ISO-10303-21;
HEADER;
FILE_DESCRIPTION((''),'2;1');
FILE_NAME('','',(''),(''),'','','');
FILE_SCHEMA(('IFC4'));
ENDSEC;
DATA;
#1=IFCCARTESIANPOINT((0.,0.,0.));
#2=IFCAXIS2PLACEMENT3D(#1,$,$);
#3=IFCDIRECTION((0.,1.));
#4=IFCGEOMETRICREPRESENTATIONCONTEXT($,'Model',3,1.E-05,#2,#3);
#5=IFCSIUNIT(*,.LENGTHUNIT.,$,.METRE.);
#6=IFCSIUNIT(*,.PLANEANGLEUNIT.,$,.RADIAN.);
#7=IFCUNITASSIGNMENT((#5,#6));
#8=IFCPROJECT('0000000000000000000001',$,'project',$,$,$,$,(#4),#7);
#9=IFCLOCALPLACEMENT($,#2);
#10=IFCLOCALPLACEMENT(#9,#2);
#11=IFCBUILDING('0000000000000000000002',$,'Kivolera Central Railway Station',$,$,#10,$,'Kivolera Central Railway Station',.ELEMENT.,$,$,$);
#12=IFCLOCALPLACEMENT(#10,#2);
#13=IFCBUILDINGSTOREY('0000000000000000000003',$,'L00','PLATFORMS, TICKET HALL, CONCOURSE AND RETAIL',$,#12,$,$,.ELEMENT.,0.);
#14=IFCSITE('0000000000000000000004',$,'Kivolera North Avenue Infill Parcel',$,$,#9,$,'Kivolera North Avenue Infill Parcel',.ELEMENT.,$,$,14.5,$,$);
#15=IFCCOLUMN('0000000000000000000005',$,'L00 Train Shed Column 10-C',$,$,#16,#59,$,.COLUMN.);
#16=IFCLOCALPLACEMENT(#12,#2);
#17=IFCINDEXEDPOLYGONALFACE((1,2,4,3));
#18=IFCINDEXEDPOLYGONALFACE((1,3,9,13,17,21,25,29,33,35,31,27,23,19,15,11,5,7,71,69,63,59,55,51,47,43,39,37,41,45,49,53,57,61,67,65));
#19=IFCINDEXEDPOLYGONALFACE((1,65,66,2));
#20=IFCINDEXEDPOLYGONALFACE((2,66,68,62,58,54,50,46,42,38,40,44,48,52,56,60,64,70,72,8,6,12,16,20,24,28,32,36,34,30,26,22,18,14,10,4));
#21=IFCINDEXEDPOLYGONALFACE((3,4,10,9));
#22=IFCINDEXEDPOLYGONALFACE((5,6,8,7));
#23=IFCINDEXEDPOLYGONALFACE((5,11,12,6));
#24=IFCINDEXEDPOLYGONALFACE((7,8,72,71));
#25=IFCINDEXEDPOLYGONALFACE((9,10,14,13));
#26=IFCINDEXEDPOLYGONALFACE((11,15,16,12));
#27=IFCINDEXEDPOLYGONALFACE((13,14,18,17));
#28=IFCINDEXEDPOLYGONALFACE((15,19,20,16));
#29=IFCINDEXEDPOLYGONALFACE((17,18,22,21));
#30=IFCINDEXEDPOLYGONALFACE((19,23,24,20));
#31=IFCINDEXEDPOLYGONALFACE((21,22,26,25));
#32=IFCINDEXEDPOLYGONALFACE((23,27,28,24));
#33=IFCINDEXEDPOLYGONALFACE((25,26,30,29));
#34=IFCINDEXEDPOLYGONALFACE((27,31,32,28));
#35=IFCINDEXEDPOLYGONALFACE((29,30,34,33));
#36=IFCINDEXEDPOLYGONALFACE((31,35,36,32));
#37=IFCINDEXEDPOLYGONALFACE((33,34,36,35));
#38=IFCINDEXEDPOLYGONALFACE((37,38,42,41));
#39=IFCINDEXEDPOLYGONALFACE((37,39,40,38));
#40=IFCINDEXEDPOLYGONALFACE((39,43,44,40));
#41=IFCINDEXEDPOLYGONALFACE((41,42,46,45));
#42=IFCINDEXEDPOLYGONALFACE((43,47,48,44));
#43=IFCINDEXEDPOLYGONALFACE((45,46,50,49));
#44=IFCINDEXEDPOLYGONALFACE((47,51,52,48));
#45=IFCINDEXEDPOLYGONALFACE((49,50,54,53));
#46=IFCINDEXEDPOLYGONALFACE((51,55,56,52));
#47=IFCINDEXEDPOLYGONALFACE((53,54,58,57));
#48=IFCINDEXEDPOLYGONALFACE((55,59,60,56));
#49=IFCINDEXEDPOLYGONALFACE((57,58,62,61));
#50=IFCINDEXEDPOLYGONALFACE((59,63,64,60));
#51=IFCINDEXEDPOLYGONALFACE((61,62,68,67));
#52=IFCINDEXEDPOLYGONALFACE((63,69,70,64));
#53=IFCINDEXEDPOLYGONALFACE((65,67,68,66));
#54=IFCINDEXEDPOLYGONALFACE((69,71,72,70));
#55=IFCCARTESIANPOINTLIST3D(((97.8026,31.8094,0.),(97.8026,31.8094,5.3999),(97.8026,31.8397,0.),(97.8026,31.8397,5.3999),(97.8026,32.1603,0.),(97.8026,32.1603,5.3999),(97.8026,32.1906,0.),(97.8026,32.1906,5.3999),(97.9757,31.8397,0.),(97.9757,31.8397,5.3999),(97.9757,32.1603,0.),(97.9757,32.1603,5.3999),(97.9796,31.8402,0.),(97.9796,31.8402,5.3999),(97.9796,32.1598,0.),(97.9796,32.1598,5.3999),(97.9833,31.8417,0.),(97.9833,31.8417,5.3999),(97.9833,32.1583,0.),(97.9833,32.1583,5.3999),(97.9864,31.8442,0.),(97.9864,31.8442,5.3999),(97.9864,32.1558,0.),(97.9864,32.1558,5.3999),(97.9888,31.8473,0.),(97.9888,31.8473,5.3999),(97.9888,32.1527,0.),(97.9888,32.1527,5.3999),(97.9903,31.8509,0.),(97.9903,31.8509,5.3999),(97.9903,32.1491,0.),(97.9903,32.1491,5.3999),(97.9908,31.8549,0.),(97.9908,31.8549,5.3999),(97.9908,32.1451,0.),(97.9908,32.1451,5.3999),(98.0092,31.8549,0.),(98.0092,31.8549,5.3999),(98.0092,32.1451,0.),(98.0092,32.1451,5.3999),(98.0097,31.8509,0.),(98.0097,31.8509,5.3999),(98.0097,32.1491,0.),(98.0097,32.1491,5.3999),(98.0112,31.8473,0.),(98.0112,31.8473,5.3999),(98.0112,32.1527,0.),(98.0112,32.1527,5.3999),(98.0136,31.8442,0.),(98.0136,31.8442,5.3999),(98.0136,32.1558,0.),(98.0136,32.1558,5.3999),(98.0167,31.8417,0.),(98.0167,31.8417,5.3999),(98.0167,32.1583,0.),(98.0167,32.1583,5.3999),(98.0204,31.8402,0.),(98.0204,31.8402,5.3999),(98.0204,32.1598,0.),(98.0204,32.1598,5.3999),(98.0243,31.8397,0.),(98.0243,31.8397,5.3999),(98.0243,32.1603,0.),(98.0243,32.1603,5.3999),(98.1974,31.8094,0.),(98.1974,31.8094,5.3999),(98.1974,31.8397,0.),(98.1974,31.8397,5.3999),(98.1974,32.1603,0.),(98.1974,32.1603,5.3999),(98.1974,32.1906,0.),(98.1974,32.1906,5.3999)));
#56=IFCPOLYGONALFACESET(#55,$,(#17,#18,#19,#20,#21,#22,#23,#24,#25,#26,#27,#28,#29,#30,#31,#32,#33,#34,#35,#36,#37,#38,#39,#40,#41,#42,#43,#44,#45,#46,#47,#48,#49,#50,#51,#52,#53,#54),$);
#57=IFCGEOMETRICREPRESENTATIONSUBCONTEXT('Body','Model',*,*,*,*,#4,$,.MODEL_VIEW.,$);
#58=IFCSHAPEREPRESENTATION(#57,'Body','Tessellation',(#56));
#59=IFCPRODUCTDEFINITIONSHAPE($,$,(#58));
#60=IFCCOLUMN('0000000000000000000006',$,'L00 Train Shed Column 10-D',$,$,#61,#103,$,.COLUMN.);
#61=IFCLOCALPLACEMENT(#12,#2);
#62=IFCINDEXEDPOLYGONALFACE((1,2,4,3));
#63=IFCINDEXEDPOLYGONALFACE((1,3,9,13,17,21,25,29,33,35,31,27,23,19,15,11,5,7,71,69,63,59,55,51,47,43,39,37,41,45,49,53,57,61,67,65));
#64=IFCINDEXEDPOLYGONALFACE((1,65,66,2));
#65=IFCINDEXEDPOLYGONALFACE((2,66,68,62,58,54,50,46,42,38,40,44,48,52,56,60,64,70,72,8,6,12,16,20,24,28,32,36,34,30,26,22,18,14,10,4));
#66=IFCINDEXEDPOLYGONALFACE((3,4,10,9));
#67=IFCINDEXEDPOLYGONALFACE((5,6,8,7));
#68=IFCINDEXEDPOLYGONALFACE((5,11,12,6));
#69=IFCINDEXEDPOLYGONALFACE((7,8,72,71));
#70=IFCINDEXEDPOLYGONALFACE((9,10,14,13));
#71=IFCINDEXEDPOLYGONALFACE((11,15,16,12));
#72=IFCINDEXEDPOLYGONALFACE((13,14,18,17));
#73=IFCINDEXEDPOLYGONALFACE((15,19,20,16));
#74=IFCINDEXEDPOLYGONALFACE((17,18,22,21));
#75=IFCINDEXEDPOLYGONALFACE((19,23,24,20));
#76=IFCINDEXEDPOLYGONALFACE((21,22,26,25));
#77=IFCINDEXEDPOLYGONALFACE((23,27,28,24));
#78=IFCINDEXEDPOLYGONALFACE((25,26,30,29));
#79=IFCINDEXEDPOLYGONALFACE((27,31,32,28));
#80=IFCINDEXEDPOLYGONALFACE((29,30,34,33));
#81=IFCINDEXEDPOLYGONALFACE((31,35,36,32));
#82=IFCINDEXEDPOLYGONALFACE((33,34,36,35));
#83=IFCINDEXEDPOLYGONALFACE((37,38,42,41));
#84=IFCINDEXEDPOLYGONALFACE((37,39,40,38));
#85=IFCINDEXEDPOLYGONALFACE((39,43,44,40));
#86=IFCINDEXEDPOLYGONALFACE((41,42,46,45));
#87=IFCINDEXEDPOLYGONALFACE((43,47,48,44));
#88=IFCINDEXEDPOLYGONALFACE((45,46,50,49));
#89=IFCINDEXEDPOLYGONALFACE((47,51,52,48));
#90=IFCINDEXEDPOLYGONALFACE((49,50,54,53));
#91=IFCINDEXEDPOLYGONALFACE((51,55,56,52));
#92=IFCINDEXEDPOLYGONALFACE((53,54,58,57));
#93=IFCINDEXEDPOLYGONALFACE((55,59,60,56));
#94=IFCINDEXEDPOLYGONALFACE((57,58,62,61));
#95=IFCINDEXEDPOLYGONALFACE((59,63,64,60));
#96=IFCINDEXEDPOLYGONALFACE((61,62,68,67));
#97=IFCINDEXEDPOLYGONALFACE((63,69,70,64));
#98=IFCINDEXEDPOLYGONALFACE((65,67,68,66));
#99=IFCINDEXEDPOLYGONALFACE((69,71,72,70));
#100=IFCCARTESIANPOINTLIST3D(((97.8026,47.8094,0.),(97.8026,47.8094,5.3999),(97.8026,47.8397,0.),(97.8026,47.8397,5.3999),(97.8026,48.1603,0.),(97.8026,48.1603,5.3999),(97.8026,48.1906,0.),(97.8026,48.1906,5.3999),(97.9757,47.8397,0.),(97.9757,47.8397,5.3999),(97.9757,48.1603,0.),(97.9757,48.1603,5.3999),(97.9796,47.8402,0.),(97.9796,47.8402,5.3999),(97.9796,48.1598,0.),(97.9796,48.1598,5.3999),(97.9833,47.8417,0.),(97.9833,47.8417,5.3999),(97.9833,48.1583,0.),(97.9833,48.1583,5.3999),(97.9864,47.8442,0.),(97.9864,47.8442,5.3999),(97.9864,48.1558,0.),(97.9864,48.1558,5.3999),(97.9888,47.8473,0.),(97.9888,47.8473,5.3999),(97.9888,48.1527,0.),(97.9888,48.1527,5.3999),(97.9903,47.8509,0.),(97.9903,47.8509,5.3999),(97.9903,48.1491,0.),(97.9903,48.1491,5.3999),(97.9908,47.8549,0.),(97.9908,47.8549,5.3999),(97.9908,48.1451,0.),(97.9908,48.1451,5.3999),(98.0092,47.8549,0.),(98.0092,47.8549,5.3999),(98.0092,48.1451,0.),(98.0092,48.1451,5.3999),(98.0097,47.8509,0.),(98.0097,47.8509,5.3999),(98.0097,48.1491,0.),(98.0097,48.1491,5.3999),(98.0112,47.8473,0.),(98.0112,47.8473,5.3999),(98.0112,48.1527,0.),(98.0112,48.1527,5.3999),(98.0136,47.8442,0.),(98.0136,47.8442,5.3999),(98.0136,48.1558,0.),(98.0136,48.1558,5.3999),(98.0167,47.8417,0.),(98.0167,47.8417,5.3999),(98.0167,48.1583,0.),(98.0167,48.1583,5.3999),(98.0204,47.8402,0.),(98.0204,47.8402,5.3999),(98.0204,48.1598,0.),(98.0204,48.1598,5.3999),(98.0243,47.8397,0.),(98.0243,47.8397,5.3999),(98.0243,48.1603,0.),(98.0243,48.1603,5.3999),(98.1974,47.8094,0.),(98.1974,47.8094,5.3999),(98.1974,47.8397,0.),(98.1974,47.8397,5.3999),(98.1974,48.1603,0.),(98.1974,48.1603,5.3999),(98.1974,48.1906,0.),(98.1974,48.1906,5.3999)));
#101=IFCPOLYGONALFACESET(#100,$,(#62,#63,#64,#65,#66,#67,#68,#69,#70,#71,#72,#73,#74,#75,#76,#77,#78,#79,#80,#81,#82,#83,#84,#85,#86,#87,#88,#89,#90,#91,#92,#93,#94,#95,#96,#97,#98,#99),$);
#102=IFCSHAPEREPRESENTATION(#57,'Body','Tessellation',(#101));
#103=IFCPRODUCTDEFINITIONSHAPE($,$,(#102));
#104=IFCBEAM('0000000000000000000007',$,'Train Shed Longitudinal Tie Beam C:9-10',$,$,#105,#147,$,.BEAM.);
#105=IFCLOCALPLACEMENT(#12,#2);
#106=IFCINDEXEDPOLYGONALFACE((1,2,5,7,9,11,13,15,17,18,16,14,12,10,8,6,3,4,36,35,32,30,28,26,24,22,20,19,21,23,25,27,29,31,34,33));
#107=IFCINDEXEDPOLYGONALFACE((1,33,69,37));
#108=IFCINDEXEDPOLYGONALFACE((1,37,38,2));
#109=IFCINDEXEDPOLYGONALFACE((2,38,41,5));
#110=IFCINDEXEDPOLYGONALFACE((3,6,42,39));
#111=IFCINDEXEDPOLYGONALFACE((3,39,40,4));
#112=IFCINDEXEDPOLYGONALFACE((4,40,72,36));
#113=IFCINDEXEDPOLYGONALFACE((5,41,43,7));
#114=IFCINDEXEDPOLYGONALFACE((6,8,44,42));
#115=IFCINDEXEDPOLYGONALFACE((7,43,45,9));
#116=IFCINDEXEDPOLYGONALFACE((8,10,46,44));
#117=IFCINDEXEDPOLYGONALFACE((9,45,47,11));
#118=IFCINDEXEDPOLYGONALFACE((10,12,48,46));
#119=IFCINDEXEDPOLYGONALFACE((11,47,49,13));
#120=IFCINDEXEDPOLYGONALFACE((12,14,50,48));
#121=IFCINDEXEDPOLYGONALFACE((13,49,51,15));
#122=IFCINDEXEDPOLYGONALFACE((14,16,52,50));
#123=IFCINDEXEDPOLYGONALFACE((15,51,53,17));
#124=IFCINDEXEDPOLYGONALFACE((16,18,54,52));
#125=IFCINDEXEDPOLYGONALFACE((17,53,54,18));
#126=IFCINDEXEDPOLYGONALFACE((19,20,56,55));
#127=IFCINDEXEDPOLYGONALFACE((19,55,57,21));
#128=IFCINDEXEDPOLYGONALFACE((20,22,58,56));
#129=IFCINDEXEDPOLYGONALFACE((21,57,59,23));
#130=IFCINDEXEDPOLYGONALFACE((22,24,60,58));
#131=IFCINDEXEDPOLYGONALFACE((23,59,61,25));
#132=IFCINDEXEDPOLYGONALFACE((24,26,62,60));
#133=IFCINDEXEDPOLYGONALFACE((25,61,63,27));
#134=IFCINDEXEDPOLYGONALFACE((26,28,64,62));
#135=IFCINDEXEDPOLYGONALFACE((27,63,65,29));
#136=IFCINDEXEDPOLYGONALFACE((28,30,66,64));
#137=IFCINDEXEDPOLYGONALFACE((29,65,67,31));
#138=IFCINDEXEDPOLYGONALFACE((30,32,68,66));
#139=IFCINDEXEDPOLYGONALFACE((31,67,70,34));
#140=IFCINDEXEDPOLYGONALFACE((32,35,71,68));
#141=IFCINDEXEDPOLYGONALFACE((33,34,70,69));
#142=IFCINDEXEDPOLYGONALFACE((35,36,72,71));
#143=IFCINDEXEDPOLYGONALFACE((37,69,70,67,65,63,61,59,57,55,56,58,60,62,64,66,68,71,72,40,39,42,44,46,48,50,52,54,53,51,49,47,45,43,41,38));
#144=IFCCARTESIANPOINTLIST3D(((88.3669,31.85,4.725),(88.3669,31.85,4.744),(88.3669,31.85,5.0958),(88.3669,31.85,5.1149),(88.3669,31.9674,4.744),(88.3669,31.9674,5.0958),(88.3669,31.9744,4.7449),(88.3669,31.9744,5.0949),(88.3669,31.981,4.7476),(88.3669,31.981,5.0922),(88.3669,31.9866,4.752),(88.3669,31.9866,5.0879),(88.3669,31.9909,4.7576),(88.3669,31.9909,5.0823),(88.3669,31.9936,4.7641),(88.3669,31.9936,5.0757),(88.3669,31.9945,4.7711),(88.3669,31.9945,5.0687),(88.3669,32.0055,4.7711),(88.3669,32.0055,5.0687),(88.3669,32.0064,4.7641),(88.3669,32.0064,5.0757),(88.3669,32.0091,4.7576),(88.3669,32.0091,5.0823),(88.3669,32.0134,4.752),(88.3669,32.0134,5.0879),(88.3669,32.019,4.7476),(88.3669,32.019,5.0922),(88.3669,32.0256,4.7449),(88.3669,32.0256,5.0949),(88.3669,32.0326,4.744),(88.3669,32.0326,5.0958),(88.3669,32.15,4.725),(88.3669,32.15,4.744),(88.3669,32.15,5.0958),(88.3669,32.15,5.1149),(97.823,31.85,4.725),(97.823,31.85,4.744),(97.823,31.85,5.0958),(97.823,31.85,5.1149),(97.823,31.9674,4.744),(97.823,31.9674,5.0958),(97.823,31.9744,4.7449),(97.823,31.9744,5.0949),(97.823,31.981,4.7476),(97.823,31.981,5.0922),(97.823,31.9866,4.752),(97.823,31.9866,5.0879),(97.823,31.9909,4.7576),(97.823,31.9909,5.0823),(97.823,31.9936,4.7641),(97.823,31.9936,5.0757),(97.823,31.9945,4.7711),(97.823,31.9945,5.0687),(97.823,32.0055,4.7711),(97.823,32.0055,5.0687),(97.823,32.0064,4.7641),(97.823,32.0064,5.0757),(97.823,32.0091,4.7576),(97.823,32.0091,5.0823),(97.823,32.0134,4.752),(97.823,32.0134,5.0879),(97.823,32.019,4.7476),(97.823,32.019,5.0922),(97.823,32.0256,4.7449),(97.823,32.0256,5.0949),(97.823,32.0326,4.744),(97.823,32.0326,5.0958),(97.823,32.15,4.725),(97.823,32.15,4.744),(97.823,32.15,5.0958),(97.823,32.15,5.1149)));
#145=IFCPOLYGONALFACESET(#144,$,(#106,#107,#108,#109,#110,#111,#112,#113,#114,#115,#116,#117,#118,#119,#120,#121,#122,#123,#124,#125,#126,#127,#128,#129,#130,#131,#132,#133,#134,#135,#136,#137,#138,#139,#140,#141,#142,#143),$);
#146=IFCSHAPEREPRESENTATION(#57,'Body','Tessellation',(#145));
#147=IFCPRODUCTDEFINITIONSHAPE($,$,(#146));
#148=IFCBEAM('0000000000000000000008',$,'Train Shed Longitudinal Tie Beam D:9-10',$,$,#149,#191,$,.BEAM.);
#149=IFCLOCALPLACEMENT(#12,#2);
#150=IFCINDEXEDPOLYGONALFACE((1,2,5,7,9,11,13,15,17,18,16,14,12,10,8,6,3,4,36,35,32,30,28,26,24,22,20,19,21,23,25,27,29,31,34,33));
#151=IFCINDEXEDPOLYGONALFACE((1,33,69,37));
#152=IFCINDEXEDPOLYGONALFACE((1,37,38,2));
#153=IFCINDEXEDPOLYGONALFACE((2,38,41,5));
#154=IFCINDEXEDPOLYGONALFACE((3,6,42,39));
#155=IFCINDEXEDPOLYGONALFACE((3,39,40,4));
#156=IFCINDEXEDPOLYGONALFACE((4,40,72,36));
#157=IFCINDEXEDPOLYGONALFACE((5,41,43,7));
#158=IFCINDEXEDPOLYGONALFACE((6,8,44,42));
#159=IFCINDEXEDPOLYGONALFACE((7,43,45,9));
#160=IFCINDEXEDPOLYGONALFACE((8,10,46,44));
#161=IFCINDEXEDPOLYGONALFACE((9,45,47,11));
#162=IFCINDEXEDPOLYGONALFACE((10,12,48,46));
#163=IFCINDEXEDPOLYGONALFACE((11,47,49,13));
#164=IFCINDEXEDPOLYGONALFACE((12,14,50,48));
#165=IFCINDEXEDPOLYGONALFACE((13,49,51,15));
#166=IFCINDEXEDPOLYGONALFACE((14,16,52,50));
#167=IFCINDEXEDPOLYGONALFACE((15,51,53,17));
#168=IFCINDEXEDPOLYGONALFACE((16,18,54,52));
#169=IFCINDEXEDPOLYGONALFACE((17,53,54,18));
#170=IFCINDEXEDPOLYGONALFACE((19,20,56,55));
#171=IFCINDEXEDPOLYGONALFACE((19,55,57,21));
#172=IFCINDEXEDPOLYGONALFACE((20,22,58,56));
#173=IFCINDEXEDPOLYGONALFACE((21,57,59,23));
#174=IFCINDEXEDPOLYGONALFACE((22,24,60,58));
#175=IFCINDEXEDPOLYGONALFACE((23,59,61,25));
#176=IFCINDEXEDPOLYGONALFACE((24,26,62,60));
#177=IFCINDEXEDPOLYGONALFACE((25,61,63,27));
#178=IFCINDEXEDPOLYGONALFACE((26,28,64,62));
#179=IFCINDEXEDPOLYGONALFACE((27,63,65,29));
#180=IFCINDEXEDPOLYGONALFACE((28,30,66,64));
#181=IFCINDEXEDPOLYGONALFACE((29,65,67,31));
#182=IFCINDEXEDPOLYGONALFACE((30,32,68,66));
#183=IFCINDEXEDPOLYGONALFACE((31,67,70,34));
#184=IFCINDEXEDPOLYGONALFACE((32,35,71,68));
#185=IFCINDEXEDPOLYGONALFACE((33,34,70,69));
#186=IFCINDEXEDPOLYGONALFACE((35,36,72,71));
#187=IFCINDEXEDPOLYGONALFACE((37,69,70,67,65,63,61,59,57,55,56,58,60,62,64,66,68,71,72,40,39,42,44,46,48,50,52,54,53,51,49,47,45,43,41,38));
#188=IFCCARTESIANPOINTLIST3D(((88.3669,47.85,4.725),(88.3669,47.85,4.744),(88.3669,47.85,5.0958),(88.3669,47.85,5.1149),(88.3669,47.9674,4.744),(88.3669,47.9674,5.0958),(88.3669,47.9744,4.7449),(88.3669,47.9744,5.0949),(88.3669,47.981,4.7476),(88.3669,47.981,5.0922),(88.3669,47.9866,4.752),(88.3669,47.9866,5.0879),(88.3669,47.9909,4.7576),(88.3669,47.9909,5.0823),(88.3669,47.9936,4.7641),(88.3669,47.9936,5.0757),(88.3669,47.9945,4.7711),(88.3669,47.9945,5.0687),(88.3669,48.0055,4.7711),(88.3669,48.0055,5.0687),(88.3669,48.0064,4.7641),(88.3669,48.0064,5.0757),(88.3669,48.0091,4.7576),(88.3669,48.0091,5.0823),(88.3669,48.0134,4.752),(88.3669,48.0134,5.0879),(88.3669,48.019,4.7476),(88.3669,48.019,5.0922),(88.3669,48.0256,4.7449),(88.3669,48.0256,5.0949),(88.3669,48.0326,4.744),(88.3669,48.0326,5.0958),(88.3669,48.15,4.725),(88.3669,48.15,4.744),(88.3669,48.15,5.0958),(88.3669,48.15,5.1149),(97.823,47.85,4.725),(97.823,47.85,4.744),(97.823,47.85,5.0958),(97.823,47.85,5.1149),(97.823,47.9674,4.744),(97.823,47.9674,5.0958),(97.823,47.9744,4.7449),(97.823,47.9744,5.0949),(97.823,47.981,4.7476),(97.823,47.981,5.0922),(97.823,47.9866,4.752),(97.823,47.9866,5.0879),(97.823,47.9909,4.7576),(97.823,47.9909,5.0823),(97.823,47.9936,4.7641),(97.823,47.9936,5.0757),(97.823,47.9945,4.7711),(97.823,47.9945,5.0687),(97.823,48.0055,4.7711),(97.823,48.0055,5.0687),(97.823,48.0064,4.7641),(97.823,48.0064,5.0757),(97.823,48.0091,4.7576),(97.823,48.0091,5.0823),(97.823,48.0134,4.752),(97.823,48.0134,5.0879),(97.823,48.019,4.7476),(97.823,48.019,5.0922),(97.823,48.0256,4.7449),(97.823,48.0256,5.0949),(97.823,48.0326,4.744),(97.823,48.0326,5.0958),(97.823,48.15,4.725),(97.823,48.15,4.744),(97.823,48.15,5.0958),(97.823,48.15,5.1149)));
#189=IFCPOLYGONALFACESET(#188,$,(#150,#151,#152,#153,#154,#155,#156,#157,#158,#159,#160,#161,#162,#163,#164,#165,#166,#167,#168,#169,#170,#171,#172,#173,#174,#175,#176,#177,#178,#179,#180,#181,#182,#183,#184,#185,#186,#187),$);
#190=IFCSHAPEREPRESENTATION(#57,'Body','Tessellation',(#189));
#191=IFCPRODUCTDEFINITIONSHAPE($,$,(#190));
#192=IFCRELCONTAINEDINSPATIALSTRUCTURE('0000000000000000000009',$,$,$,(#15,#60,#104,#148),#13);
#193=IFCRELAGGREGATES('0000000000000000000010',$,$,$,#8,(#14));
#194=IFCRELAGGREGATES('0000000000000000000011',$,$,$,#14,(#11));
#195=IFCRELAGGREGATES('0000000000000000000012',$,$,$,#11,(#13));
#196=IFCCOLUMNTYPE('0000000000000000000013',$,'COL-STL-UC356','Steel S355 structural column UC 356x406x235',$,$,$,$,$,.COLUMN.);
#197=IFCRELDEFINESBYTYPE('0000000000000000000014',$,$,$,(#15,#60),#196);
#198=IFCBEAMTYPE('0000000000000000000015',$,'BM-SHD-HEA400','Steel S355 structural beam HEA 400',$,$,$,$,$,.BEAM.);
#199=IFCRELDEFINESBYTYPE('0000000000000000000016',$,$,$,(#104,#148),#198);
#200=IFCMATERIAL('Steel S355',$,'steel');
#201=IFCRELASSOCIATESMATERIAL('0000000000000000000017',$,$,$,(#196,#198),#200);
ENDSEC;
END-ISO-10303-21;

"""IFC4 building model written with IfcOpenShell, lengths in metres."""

from ifc_helpers import new_model, si_unit, direction, frame, origin, origin_2d, place, context, subcontext, project, spatial, i_section, extrude, material, material_profile, profile_set, type_object, element, save


model = new_model("IFC4")

# Units and contexts
model_context = context("Model", 3, precision=1e-05, world=origin(), true_north=direction((0.0, 1.0)))
body_context = subcontext(model_context, "Body", "Model", "MODEL_VIEW")
ifc_project = project(units=[si_unit("LENGTHUNIT", "METRE"), si_unit("PLANEANGLEUNIT", "RADIAN")], contexts=[model_context])

# Site, building, storey
site_placement = place(None, origin())
site = spatial("IfcSite", under=ifc_project, at=site_placement, Name="Kivolera North Avenue Infill Parcel", LongName="Kivolera North Avenue Infill Parcel", CompositionType="ELEMENT", RefElevation=14.5)
building_placement = place(site_placement, origin())
building = spatial("IfcBuilding", under=site, at=building_placement, Name="Kivolera Central Railway Station", LongName="Kivolera Central Railway Station", CompositionType="ELEMENT")
storey_placement = place(building_placement, origin())
storey = spatial("IfcBuildingStorey", under=building, at=storey_placement, Name="L00", Description="PLATFORMS, TICKET HALL, CONCOURSE AND RETAIL", CompositionType="ELEMENT", Elevation=0.0)

# Columns
ifc_material_1 = material(Name="Steel S355", Category="steel")
ifc_material_profile_1 = material_profile(ifc_material_1, i_section(OverallWidth=0.3948, OverallDepth=0.3811, WebThickness=0.0183, FlangeThickness=0.0303, FilletRadius=0.0151, at=origin_2d()), Name="UC 356x406x235")
ifc_profile_set_1 = profile_set([ifc_material_profile_1], Name="Steel S355")
column_type_1 = type_object("IfcColumnType", Name="COL-STL-UC356", Description="Steel S355 structural column UC 356x406x235", PredefinedType="COLUMN", material=ifc_profile_set_1)
for number, where, z_axis, x_axis, name in (
    (1, (98.0, 32.0, 0.0), (0.0, 0.0, 1.0), (1.0, 0.0, 0.0), "L00 Train Shed Column 10-C"),
    (2, (98.0, 48.0, 0.0), (0.0, 0.0, 1.0), (1.0, 0.0, 0.0), "L00 Train Shed Column 10-D"),
):
    element("IfcColumn", number, at=place(storey_placement, frame(where, z_axis=z_axis, x_axis=x_axis)), inside=storey, type_object=column_type_1, Name=name, PredefinedType="COLUMN", context=body_context, shape_type="SweptSolid", body=[
        extrude(i_section(OverallWidth=0.3948, OverallDepth=0.3811, WebThickness=0.0183, FlangeThickness=0.0303, FilletRadius=0.0151, at=origin_2d()), origin(), (0.0, 0.0, 1.0), 5.3999),
    ])

# Beams
ifc_material_profile_2 = material_profile(ifc_material_1, i_section(OverallWidth=0.3, OverallDepth=0.3899, WebThickness=0.011, FlangeThickness=0.019, FilletRadius=0.0271, at=origin_2d()), Name="HEA 400")
ifc_profile_set_2 = profile_set([ifc_material_profile_2], Name="Steel S355")
beam_type = type_object("IfcBeamType", Name="BM-SHD-HEA400", Description="Steel S355 structural beam HEA 400", PredefinedType="BEAM", material=ifc_profile_set_2)
for number, where, z_axis, x_axis, name in (
    (3, (88.3669, 32.0, 4.9199), (1.0, 0.0, 0.0), (0.0, 1.0, 0.0), "Train Shed Longitudinal Tie Beam C:9-10"),
    (4, (88.3669, 48.0, 4.9199), (1.0, 0.0, 0.0), (0.0, 1.0, 0.0), "Train Shed Longitudinal Tie Beam D:9-10"),
):
    element("IfcBeam", number, at=place(storey_placement, frame(where, z_axis=z_axis, x_axis=x_axis)), inside=storey, type_object=beam_type, Name=name, PredefinedType="BEAM", context=body_context, shape_type="SweptSolid", body=[
        extrude(i_section(OverallWidth=0.3, OverallDepth=0.3899, WebThickness=0.011, FlangeThickness=0.019, FilletRadius=0.0271, at=origin_2d()), origin(), (0.0, 0.0, 1.0), 9.4561),
    ])

save(model, "model.ifc")
